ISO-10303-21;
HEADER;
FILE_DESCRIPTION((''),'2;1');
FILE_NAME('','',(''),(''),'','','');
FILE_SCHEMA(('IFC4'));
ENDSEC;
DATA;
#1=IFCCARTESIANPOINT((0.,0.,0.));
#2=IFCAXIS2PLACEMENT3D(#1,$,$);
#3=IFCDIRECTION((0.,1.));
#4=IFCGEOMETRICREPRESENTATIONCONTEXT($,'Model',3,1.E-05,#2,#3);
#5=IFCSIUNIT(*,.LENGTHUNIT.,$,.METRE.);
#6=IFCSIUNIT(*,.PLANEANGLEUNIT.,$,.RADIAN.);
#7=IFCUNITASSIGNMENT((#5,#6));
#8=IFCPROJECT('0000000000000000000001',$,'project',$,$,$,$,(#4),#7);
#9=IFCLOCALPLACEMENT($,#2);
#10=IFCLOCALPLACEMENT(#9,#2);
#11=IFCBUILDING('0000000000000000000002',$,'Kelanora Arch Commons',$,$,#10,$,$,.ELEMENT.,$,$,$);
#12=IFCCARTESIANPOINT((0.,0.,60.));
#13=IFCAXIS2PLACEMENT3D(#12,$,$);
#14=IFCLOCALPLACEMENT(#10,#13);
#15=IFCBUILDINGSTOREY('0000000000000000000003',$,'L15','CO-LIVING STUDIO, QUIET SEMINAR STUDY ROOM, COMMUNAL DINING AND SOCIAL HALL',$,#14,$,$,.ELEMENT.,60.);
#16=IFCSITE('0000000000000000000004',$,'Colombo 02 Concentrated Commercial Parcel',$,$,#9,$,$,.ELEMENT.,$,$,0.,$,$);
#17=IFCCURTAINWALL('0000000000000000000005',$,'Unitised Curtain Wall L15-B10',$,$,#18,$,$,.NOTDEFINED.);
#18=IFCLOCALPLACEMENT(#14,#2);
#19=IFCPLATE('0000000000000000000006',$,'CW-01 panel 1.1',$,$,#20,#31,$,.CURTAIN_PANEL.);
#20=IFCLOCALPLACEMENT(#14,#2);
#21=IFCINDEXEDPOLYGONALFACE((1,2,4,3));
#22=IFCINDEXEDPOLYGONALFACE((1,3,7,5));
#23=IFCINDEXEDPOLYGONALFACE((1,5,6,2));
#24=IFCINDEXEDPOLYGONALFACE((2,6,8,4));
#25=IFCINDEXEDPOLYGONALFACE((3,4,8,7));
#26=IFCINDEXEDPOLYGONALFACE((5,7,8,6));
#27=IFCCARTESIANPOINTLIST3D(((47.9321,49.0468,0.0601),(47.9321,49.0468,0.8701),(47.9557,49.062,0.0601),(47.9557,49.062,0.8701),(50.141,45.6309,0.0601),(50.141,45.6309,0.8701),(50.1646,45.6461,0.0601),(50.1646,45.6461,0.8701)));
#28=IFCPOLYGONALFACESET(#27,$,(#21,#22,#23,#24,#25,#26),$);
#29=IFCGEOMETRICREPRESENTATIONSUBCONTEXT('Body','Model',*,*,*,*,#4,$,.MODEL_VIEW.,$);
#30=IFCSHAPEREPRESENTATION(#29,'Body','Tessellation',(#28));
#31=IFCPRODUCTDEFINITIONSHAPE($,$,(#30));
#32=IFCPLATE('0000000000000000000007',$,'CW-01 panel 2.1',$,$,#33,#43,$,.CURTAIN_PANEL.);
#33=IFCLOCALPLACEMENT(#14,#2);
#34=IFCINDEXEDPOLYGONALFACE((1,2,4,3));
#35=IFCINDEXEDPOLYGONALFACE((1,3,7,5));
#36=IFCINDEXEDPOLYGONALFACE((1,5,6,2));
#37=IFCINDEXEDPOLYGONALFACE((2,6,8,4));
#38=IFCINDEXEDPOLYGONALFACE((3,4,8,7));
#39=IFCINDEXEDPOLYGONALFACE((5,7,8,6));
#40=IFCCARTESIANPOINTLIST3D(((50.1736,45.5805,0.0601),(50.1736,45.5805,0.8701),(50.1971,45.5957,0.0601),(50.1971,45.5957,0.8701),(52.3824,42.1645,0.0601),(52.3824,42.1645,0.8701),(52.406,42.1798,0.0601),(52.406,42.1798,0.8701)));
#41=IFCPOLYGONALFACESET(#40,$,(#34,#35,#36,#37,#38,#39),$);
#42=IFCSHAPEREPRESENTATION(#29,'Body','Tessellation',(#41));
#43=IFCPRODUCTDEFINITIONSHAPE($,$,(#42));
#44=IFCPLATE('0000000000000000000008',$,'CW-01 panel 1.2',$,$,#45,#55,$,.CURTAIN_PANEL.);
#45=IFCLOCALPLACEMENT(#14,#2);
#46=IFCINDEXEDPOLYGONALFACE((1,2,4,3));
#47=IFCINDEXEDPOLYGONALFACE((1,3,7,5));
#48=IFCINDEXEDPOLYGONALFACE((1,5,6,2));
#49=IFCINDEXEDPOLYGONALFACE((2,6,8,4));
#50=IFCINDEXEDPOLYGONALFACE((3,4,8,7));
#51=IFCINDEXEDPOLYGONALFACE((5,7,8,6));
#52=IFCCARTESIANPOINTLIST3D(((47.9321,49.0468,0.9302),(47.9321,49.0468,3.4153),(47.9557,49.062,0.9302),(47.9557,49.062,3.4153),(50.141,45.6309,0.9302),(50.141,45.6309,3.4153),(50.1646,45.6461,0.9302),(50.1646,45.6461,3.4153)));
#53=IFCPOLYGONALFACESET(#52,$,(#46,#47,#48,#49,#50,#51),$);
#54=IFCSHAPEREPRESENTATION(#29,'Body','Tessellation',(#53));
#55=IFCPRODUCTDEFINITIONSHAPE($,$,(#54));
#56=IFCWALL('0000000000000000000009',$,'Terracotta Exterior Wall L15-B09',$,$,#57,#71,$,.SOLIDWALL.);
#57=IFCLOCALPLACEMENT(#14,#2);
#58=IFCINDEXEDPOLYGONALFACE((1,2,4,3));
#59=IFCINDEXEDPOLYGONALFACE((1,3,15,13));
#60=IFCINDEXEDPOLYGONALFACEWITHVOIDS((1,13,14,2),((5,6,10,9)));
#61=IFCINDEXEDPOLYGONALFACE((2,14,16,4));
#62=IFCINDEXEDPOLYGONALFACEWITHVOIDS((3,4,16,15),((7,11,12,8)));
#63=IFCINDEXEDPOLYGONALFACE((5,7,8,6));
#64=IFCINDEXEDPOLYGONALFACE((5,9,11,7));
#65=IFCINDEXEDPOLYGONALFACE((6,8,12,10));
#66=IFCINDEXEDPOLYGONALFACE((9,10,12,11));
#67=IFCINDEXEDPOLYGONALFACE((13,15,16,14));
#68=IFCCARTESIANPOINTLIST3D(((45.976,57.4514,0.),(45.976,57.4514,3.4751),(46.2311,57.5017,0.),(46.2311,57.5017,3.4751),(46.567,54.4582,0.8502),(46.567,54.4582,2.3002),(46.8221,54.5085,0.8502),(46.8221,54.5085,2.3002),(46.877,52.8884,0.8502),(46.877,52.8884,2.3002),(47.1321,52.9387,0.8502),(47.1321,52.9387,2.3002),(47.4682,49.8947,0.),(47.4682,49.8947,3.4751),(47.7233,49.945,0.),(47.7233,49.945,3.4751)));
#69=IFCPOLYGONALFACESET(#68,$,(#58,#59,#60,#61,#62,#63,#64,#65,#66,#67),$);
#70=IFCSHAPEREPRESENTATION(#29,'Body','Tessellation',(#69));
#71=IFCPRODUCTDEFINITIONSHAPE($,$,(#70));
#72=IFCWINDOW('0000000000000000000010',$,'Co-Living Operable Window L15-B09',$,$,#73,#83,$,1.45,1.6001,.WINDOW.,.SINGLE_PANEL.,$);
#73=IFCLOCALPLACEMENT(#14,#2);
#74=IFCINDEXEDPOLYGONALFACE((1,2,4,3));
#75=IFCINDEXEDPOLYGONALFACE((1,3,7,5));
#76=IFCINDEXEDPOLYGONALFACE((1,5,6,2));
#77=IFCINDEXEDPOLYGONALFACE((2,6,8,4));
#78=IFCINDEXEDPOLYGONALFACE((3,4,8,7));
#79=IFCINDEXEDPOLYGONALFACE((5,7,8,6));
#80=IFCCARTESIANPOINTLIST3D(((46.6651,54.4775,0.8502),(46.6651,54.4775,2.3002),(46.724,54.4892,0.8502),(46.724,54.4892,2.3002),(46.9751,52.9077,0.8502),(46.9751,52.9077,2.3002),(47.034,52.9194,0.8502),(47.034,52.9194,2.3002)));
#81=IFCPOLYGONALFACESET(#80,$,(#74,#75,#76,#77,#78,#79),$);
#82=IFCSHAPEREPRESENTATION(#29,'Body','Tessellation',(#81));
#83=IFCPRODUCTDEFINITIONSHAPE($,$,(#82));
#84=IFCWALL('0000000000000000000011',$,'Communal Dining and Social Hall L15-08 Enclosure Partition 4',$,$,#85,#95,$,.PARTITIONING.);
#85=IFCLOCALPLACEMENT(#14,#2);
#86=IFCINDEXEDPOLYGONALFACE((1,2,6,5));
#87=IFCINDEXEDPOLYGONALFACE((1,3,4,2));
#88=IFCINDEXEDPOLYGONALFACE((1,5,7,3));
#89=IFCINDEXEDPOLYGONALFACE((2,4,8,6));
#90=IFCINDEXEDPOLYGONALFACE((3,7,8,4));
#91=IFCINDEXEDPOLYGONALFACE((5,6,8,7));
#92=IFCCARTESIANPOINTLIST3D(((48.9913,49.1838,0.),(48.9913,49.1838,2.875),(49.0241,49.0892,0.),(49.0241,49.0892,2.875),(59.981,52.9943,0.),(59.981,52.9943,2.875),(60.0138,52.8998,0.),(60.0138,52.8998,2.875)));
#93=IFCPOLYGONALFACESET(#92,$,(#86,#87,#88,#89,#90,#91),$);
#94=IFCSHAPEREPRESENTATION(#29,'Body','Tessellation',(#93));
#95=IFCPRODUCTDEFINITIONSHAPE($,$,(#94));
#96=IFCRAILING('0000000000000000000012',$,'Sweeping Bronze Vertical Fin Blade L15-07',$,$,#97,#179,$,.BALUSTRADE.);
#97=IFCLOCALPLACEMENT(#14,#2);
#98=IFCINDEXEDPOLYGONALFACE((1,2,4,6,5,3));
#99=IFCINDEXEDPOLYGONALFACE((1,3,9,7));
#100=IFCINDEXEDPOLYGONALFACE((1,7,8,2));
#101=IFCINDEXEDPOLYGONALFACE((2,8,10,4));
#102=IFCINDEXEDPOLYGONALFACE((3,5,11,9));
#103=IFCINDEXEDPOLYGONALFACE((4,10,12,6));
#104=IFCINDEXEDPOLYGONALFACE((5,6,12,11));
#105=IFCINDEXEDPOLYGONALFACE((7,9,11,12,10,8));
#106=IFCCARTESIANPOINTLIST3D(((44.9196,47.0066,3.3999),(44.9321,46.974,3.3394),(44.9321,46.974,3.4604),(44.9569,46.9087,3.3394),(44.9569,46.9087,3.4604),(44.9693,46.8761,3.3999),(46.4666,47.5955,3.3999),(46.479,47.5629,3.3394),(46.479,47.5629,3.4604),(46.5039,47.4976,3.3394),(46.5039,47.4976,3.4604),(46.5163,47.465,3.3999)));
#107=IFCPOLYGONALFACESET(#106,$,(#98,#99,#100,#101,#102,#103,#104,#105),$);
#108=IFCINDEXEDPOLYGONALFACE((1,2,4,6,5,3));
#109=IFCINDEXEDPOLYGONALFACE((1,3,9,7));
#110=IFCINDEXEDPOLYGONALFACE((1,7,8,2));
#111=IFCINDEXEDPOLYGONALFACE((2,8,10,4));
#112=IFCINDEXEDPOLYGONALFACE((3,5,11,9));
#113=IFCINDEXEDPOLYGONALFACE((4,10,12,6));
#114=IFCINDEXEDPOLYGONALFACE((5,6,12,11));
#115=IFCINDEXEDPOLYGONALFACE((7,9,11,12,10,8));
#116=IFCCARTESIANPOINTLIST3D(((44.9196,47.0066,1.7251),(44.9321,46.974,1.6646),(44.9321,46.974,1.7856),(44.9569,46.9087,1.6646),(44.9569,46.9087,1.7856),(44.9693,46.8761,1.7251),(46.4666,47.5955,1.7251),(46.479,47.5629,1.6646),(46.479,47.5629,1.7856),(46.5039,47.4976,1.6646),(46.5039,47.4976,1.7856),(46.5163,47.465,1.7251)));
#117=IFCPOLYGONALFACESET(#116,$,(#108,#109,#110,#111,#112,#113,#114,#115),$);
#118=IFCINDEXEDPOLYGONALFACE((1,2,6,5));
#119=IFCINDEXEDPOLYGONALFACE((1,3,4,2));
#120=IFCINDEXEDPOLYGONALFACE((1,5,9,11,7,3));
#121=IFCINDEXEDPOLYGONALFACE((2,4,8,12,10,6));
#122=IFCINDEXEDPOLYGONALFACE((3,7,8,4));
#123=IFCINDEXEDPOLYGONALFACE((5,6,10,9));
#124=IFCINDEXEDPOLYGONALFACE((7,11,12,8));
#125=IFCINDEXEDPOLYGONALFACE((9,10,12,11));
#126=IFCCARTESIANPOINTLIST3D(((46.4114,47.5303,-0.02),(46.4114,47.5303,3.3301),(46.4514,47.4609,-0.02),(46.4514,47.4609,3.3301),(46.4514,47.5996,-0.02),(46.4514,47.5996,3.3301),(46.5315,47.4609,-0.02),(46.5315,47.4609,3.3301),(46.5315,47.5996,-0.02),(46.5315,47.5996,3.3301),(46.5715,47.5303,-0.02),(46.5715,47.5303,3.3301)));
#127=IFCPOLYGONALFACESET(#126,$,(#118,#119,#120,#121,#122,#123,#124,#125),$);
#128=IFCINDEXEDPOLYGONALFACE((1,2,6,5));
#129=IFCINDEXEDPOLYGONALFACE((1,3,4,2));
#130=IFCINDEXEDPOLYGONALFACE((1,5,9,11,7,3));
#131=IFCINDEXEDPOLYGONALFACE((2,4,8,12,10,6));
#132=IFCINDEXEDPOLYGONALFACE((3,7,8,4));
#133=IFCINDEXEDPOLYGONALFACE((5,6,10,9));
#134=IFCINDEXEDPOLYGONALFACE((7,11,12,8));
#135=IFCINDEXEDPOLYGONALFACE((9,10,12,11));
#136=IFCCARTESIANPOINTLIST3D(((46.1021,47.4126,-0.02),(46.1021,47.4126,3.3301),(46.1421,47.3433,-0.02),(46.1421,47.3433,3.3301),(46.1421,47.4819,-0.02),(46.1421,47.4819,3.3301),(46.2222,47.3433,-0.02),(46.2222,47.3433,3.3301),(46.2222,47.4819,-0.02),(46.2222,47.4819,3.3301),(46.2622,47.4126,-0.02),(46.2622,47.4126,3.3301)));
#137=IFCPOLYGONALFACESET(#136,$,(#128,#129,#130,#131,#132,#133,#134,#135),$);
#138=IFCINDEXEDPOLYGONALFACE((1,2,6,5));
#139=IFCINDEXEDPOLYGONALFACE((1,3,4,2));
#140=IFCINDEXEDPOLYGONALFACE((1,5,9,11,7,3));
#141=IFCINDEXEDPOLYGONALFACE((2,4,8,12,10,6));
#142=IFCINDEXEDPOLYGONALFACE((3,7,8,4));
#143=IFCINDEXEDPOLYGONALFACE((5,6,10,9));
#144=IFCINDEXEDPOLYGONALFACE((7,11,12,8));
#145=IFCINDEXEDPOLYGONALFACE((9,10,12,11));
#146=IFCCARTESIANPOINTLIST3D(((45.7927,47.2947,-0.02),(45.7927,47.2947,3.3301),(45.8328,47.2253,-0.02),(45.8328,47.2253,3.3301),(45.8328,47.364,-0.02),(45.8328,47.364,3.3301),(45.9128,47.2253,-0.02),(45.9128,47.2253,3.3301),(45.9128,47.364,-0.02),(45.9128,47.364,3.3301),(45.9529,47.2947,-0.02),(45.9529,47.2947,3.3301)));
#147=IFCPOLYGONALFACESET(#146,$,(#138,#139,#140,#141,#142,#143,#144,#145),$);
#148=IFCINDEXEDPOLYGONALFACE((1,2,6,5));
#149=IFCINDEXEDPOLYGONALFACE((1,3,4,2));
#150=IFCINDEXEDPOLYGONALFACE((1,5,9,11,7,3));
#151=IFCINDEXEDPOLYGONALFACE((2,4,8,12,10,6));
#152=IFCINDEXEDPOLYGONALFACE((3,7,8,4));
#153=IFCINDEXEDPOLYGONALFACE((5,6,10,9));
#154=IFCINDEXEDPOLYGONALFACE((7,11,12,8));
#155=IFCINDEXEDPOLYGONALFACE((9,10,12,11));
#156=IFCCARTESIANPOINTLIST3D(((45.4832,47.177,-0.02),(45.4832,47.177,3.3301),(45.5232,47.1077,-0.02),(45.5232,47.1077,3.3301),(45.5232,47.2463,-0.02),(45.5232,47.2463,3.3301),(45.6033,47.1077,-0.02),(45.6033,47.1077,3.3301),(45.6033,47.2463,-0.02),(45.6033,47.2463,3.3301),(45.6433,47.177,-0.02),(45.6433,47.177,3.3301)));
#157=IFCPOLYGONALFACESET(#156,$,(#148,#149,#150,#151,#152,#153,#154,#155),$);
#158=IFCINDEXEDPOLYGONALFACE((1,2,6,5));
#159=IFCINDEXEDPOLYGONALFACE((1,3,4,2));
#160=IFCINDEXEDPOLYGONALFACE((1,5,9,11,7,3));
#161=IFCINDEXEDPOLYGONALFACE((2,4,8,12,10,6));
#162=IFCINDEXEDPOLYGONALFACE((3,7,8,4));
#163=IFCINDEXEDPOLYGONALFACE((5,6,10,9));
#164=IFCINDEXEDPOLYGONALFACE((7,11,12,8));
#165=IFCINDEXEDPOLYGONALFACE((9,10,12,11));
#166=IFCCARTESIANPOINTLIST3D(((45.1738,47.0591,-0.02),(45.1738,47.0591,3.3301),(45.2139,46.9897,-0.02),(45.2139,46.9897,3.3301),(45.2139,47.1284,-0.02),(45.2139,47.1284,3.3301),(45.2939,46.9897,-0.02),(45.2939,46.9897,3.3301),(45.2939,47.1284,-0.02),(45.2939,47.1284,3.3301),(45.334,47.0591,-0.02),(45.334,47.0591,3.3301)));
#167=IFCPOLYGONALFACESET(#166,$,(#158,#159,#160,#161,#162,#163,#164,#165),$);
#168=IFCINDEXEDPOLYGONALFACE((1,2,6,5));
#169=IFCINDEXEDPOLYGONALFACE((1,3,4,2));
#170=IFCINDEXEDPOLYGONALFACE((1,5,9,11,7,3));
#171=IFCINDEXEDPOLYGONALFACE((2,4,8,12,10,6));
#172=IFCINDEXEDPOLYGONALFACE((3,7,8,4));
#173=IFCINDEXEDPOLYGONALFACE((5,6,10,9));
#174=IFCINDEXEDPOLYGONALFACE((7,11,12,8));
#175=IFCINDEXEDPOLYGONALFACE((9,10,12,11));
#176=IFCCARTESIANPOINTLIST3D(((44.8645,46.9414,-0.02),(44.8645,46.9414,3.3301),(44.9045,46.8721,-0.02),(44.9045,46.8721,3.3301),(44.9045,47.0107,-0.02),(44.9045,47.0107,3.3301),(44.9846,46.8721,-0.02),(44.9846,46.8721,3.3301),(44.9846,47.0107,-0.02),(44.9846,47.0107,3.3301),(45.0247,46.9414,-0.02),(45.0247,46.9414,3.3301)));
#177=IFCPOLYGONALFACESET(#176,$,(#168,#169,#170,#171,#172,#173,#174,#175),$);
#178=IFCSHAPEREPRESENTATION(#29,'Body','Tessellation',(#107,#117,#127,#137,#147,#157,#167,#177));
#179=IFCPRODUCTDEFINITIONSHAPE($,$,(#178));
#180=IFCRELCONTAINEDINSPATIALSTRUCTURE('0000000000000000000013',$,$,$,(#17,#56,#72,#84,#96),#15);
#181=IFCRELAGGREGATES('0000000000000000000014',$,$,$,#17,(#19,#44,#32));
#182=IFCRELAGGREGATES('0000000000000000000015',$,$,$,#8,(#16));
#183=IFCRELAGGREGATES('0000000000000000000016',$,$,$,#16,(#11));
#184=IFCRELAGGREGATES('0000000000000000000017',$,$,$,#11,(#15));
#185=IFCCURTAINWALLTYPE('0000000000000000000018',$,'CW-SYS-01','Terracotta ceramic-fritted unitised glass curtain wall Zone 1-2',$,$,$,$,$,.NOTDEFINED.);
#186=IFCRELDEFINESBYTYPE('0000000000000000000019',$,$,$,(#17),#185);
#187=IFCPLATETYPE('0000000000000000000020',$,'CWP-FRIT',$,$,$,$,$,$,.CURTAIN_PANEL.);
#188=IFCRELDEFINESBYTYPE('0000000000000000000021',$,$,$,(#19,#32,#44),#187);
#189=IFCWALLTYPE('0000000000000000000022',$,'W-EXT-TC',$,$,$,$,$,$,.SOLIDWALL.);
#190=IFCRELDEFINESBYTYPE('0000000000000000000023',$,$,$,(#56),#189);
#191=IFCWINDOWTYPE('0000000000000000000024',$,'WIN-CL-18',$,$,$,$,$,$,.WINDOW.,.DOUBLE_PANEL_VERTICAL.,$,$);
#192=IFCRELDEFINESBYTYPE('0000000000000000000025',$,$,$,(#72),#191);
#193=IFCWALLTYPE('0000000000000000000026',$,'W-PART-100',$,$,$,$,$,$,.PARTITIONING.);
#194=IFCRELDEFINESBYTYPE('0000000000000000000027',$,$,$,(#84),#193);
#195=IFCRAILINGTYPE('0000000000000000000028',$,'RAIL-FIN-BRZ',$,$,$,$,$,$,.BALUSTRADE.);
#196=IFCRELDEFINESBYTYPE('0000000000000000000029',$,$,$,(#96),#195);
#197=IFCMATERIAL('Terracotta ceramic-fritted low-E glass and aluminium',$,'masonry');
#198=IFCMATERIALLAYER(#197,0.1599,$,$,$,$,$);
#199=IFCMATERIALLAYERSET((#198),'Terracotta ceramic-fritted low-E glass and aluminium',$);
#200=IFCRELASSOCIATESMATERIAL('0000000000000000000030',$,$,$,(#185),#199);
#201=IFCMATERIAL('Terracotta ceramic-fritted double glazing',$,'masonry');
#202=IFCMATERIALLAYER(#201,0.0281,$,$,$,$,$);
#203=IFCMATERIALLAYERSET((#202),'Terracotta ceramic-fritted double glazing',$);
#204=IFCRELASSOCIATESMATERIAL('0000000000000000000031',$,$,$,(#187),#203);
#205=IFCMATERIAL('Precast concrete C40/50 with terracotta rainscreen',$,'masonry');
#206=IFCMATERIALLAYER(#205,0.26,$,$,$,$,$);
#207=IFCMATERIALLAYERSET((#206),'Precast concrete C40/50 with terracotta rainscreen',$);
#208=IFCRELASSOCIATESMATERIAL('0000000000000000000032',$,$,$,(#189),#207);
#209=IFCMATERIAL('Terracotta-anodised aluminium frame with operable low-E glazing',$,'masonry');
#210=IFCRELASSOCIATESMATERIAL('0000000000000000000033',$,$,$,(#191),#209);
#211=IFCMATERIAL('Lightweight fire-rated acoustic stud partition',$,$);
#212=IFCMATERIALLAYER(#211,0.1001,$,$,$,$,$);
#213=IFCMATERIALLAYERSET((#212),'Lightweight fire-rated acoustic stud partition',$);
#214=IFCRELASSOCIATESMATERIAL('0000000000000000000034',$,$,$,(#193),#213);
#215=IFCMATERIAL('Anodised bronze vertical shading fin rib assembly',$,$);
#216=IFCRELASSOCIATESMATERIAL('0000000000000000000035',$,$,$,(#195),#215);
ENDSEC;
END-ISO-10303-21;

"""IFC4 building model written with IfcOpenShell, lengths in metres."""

from ifc_helpers import new_model, si_unit, direction, frame, frame_2d, origin, origin_2d, place, context, subcontext, project, spatial, polyline, rectangle, outline, extrude, source, transform, mapped, material, layer, layer_set, type_object, element, fill, aggregate, save


model = new_model("IFC4")

# Units and contexts
model_context = context("Model", 3, precision=1e-05, world=origin(), true_north=direction((0.0, 1.0)))
body_context = subcontext(model_context, "Body", "Model", "MODEL_VIEW")
ifc_project = project(units=[si_unit("LENGTHUNIT", "METRE"), si_unit("PLANEANGLEUNIT", "RADIAN")], contexts=[model_context])

# Site, building, storey
site_placement = place(None, origin())
site = spatial("IfcSite", under=ifc_project, at=site_placement, Name="Colombo 02 Concentrated Commercial Parcel", CompositionType="ELEMENT", RefElevation=0.0)
building_placement = place(site_placement, origin())
building = spatial("IfcBuilding", under=site, at=building_placement, Name="Kelanora Arch Commons", CompositionType="ELEMENT")
storey_placement = place(building_placement, frame((0.0, 0.0, 60.0)))
storey = spatial("IfcBuildingStorey", under=building, at=storey_placement, Name="L15", Description="CO-LIVING STUDIO, QUIET SEMINAR STUDY ROOM, COMMUNAL DINING AND SOCIAL HALL", CompositionType="ELEMENT", Elevation=60.0)

# Shared definitions
ifc_material_1 = material(Name="Terracotta ceramic-fritted low-E glass and aluminium", Category="masonry")
ifc_layer_1 = layer(ifc_material_1, 0.1599)
ifc_layer_set_1 = layer_set([ifc_layer_1], Name="Terracotta ceramic-fritted low-E glass and aluminium")
curtain_wall_type = type_object("IfcCurtainWallType", Name="CW-SYS-01", Description="Terracotta ceramic-fritted unitised glass curtain wall Zone 1-2", PredefinedType="NOTDEFINED", material=ifc_layer_set_1)

# Curtain wall
curtain_wall_1_placement = place(storey_placement, origin())
curtain_wall_1 = element("IfcCurtainWall", 1, at=curtain_wall_1_placement, inside=storey, type_object=curtain_wall_type, Name="Unitised Curtain Wall L15-B10", PredefinedType="NOTDEFINED")

# Plates
ifc_material_2 = material(Name="Terracotta ceramic-fritted double glazing", Category="masonry")
ifc_layer_2 = layer(ifc_material_2, 0.0281)
ifc_layer_set_2 = layer_set([ifc_layer_2], Name="Terracotta ceramic-fritted double glazing")
plate_type = type_object("IfcPlateType", Name="CWP-FRIT", PredefinedType="CURTAIN_PANEL", material=ifc_layer_set_2)
shared_shape_1 = source(origin(), body_context, "Body", "SweptSolid", [
    extrude(rectangle(XDim=4.0679, YDim=0.0281, at=origin_2d()), origin(), (0.0, 0.0, 1.0), 0.8101),
])
plate_1_placement = place(storey_placement, frame((49.0483, 47.3464, 0.0601), z_axis=(0.0, 0.0, 1.0), x_axis=(0.543004, -0.83973, 0.0)))
plate_1 = element("IfcPlate", 2, at=plate_1_placement, type_object=plate_type, Name="CW-01 panel 1.1", PredefinedType="CURTAIN_PANEL", context=body_context, shape_type="MappedRepresentation", body=[
    mapped(shared_shape_1, transform((0.0, 0.0, 0.0), scale=1.0)),
])
plate_2_placement = place(storey_placement, frame((51.2898, 43.8801, 0.0601), z_axis=(0.0, 0.0, 1.0), x_axis=(0.543004, -0.83973, 0.0)))
plate_2 = element("IfcPlate", 3, at=plate_2_placement, type_object=plate_type, Name="CW-01 panel 2.1", PredefinedType="CURTAIN_PANEL", context=body_context, shape_type="MappedRepresentation", body=[
    mapped(shared_shape_1, transform((0.0, 0.0, 0.0), scale=1.0)),
])
shared_shape_2 = source(origin(), body_context, "Body", "SweptSolid", [
    extrude(rectangle(XDim=4.0679, YDim=0.0281, at=origin_2d()), origin(), (0.0, 0.0, 1.0), 2.4851),
])
plate_3_placement = place(storey_placement, frame((49.0483, 47.3464, 0.9302), z_axis=(0.0, 0.0, 1.0), x_axis=(0.543004, -0.83973, 0.0)))
plate_3 = element("IfcPlate", 4, at=plate_3_placement, type_object=plate_type, Name="CW-01 panel 1.2", PredefinedType="CURTAIN_PANEL", context=body_context, shape_type="MappedRepresentation", body=[
    mapped(shared_shape_2, transform((0.0, 0.0, 0.0), scale=1.0)),
])
aggregate(curtain_wall_1, [plate_1, plate_3, plate_2])

# Wall, opening, window
ifc_material_3 = material(Name="Precast concrete C40/50 with terracotta rainscreen", Category="masonry")
ifc_layer_3 = layer(ifc_material_3, 0.26)
ifc_layer_set_3 = layer_set([ifc_layer_3], Name="Precast concrete C40/50 with terracotta rainscreen")
wall_type_1 = type_object("IfcWallType", Name="W-EXT-TC", PredefinedType="SOLIDWALL", material=ifc_layer_set_3)
wall_1_placement = place(storey_placement, frame((46.1035, 57.4766, 0.0), z_axis=(0.0, 0.0, 1.0), x_axis=(0.193726, -0.981056, 0.0)))
wall_1 = element("IfcWall", 5, at=wall_1_placement, inside=storey, type_object=wall_type_1, Name="Terracotta Exterior Wall L15-B09", PredefinedType="SOLIDWALL", context=body_context, shape_type="SweptSolid", body=[
    extrude(rectangle(XDim=7.7026, YDim=0.26, at=frame_2d((3.8513, 0.0))), origin(), (0.0, 0.0, 1.0), 3.4751),
])
opening_placement = place(wall_1_placement, frame((3.051, 0.0, 0.8501)))
opening = element("IfcOpeningElement", 6, at=opening_placement, cuts=wall_1, PredefinedType="OPENING", context=body_context, shape_type="SweptSolid", body=[
    extrude(rectangle(XDim=1.6001, YDim=1.45, at=frame_2d((0.8, 0.7251))), frame((0.0, 0.1401, 0.0), z_axis=(0.0, -1.0, 0.0), x_axis=(1.0, 0.0, 0.0)), (0.0, 0.0, 1.0), 0.28),
])
ifc_material_4 = material(Name="Terracotta-anodised aluminium frame with operable low-E glazing", Category="masonry")
window_type = type_object("IfcWindowType", Name="WIN-CL-18", PartitioningType="DOUBLE_PANEL_VERTICAL", PredefinedType="WINDOW", material=ifc_material_4)
window_placement = place(opening_placement, origin())
window = element("IfcWindow", 7, at=window_placement, inside=storey, type_object=window_type, Name="Co-Living Operable Window L15-B09", OverallHeight=1.45, OverallWidth=1.6001, PartitioningType="SINGLE_PANEL", PredefinedType="WINDOW", context=body_context, shape_type="SweptSolid", body=[
    extrude(rectangle(XDim=1.6001, YDim=1.45, at=frame_2d((0.8, 0.7251))), frame((0.0, 0.03, 0.0), z_axis=(0.0, -1.0, 0.0), x_axis=(1.0, 0.0, 0.0)), (0.0, 0.0, 1.0), 0.0601),
])
fill(opening, window)

# Wall
ifc_material_5 = material(Name="Lightweight fire-rated acoustic stud partition")
ifc_layer_4 = layer(ifc_material_5, 0.1001)
ifc_layer_set_4 = layer_set([ifc_layer_4], Name="Lightweight fire-rated acoustic stud partition")
wall_type_2 = type_object("IfcWallType", Name="W-PART-100", PredefinedType="PARTITIONING", material=ifc_layer_set_4)
wall_2_placement = place(storey_placement, frame((49.0076, 49.1365, 0.0), z_axis=(0.0, 0.0, 1.0), x_axis=(0.944816, 0.327602, 0.0)))
element("IfcWall", 8, at=wall_2_placement, inside=storey, type_object=wall_type_2, Name="Communal Dining and Social Hall L15-08 Enclosure Partition 4", PredefinedType="PARTITIONING", context=body_context, shape_type="SweptSolid", body=[
    extrude(rectangle(XDim=11.6316, YDim=0.1001, at=frame_2d((5.8159, 0.0))), origin(), (0.0, 0.0, 1.0), 2.875),
])

# Railing
ifc_material_6 = material(Name="Anodised bronze vertical shading fin rib assembly")
railing_type = type_object("IfcRailingType", Name="RAIL-FIN-BRZ", PredefinedType="BALUSTRADE", material=ifc_material_6)
railing_placement = place(storey_placement, frame((46.4915, 47.5303, -0.02)))
element("IfcRailing", 9, at=railing_placement, inside=storey, type_object=railing_type, Name="Sweeping Bronze Vertical Fin Blade L15-07", PredefinedType="BALUSTRADE", context=body_context, shape_type="SweptSolid", body=[
    extrude(outline(polyline([(0.0698, 0.0), (0.0349, 0.0605), (-0.0349, 0.0605), (-0.0698, 0.0), (-0.0349, -0.0605), (0.0349, -0.0605), (0.0698, 0.0)])), frame((0.0, 0.0, 3.4199), z_axis=(-0.934572, -0.355775, 0.0), x_axis=(0.355775, -0.934572, 0.0)), (0.0, 0.0, 1.0), 1.6553),
    extrude(outline(polyline([(0.0698, 0.0), (0.0349, 0.0605), (-0.0349, 0.0605), (-0.0698, 0.0), (-0.0349, -0.0605), (0.0349, -0.0605), (0.0698, 0.0)])), frame((0.0, 0.0, 1.7451), z_axis=(-0.934572, -0.355775, 0.0), x_axis=(0.355775, -0.934572, 0.0)), (0.0, 0.0, 1.0), 1.6553),
    extrude(outline(polyline([(0.0801, 0.0), (0.04, 0.0693), (-0.04, 0.0693), (-0.0801, 0.0), (-0.04, -0.0693), (0.04, -0.0693), (0.0801, 0.0)])), origin(), (0.0, 0.0, 1.0), 3.3501),
    extrude(outline(polyline([(0.0801, 0.0), (0.04, 0.0693), (-0.04, 0.0693), (-0.0801, 0.0), (-0.04, -0.0693), (0.04, -0.0693), (0.0801, 0.0)])), frame((-0.3093, -0.1177, 0.0)), (0.0, 0.0, 1.0), 3.3501),
    extrude(outline(polyline([(0.0801, 0.0), (0.04, 0.0693), (-0.04, 0.0693), (-0.0801, 0.0), (-0.04, -0.0693), (0.04, -0.0693), (0.0801, 0.0)])), frame((-0.6187, -0.2356, 0.0)), (0.0, 0.0, 1.0), 3.3501),
    extrude(outline(polyline([(0.0801, 0.0), (0.04, 0.0693), (-0.04, 0.0693), (-0.0801, 0.0), (-0.04, -0.0693), (0.04, -0.0693), (0.0801, 0.0)])), frame((-0.9282, -0.3533, 0.0)), (0.0, 0.0, 1.0), 3.3501),
    extrude(outline(polyline([(0.0801, 0.0), (0.04, 0.0693), (-0.04, 0.0693), (-0.0801, 0.0), (-0.04, -0.0693), (0.04, -0.0693), (0.0801, 0.0)])), frame((-1.2375, -0.4712, 0.0)), (0.0, 0.0, 1.0), 3.3501),
    extrude(outline(polyline([(0.0801, 0.0), (0.04, 0.0693), (-0.04, 0.0693), (-0.0801, 0.0), (-0.04, -0.0693), (0.04, -0.0693), (0.0801, 0.0)])), frame((-1.5469, -0.5889, 0.0)), (0.0, 0.0, 1.0), 3.3501),
])

save(model, "model.ifc")
